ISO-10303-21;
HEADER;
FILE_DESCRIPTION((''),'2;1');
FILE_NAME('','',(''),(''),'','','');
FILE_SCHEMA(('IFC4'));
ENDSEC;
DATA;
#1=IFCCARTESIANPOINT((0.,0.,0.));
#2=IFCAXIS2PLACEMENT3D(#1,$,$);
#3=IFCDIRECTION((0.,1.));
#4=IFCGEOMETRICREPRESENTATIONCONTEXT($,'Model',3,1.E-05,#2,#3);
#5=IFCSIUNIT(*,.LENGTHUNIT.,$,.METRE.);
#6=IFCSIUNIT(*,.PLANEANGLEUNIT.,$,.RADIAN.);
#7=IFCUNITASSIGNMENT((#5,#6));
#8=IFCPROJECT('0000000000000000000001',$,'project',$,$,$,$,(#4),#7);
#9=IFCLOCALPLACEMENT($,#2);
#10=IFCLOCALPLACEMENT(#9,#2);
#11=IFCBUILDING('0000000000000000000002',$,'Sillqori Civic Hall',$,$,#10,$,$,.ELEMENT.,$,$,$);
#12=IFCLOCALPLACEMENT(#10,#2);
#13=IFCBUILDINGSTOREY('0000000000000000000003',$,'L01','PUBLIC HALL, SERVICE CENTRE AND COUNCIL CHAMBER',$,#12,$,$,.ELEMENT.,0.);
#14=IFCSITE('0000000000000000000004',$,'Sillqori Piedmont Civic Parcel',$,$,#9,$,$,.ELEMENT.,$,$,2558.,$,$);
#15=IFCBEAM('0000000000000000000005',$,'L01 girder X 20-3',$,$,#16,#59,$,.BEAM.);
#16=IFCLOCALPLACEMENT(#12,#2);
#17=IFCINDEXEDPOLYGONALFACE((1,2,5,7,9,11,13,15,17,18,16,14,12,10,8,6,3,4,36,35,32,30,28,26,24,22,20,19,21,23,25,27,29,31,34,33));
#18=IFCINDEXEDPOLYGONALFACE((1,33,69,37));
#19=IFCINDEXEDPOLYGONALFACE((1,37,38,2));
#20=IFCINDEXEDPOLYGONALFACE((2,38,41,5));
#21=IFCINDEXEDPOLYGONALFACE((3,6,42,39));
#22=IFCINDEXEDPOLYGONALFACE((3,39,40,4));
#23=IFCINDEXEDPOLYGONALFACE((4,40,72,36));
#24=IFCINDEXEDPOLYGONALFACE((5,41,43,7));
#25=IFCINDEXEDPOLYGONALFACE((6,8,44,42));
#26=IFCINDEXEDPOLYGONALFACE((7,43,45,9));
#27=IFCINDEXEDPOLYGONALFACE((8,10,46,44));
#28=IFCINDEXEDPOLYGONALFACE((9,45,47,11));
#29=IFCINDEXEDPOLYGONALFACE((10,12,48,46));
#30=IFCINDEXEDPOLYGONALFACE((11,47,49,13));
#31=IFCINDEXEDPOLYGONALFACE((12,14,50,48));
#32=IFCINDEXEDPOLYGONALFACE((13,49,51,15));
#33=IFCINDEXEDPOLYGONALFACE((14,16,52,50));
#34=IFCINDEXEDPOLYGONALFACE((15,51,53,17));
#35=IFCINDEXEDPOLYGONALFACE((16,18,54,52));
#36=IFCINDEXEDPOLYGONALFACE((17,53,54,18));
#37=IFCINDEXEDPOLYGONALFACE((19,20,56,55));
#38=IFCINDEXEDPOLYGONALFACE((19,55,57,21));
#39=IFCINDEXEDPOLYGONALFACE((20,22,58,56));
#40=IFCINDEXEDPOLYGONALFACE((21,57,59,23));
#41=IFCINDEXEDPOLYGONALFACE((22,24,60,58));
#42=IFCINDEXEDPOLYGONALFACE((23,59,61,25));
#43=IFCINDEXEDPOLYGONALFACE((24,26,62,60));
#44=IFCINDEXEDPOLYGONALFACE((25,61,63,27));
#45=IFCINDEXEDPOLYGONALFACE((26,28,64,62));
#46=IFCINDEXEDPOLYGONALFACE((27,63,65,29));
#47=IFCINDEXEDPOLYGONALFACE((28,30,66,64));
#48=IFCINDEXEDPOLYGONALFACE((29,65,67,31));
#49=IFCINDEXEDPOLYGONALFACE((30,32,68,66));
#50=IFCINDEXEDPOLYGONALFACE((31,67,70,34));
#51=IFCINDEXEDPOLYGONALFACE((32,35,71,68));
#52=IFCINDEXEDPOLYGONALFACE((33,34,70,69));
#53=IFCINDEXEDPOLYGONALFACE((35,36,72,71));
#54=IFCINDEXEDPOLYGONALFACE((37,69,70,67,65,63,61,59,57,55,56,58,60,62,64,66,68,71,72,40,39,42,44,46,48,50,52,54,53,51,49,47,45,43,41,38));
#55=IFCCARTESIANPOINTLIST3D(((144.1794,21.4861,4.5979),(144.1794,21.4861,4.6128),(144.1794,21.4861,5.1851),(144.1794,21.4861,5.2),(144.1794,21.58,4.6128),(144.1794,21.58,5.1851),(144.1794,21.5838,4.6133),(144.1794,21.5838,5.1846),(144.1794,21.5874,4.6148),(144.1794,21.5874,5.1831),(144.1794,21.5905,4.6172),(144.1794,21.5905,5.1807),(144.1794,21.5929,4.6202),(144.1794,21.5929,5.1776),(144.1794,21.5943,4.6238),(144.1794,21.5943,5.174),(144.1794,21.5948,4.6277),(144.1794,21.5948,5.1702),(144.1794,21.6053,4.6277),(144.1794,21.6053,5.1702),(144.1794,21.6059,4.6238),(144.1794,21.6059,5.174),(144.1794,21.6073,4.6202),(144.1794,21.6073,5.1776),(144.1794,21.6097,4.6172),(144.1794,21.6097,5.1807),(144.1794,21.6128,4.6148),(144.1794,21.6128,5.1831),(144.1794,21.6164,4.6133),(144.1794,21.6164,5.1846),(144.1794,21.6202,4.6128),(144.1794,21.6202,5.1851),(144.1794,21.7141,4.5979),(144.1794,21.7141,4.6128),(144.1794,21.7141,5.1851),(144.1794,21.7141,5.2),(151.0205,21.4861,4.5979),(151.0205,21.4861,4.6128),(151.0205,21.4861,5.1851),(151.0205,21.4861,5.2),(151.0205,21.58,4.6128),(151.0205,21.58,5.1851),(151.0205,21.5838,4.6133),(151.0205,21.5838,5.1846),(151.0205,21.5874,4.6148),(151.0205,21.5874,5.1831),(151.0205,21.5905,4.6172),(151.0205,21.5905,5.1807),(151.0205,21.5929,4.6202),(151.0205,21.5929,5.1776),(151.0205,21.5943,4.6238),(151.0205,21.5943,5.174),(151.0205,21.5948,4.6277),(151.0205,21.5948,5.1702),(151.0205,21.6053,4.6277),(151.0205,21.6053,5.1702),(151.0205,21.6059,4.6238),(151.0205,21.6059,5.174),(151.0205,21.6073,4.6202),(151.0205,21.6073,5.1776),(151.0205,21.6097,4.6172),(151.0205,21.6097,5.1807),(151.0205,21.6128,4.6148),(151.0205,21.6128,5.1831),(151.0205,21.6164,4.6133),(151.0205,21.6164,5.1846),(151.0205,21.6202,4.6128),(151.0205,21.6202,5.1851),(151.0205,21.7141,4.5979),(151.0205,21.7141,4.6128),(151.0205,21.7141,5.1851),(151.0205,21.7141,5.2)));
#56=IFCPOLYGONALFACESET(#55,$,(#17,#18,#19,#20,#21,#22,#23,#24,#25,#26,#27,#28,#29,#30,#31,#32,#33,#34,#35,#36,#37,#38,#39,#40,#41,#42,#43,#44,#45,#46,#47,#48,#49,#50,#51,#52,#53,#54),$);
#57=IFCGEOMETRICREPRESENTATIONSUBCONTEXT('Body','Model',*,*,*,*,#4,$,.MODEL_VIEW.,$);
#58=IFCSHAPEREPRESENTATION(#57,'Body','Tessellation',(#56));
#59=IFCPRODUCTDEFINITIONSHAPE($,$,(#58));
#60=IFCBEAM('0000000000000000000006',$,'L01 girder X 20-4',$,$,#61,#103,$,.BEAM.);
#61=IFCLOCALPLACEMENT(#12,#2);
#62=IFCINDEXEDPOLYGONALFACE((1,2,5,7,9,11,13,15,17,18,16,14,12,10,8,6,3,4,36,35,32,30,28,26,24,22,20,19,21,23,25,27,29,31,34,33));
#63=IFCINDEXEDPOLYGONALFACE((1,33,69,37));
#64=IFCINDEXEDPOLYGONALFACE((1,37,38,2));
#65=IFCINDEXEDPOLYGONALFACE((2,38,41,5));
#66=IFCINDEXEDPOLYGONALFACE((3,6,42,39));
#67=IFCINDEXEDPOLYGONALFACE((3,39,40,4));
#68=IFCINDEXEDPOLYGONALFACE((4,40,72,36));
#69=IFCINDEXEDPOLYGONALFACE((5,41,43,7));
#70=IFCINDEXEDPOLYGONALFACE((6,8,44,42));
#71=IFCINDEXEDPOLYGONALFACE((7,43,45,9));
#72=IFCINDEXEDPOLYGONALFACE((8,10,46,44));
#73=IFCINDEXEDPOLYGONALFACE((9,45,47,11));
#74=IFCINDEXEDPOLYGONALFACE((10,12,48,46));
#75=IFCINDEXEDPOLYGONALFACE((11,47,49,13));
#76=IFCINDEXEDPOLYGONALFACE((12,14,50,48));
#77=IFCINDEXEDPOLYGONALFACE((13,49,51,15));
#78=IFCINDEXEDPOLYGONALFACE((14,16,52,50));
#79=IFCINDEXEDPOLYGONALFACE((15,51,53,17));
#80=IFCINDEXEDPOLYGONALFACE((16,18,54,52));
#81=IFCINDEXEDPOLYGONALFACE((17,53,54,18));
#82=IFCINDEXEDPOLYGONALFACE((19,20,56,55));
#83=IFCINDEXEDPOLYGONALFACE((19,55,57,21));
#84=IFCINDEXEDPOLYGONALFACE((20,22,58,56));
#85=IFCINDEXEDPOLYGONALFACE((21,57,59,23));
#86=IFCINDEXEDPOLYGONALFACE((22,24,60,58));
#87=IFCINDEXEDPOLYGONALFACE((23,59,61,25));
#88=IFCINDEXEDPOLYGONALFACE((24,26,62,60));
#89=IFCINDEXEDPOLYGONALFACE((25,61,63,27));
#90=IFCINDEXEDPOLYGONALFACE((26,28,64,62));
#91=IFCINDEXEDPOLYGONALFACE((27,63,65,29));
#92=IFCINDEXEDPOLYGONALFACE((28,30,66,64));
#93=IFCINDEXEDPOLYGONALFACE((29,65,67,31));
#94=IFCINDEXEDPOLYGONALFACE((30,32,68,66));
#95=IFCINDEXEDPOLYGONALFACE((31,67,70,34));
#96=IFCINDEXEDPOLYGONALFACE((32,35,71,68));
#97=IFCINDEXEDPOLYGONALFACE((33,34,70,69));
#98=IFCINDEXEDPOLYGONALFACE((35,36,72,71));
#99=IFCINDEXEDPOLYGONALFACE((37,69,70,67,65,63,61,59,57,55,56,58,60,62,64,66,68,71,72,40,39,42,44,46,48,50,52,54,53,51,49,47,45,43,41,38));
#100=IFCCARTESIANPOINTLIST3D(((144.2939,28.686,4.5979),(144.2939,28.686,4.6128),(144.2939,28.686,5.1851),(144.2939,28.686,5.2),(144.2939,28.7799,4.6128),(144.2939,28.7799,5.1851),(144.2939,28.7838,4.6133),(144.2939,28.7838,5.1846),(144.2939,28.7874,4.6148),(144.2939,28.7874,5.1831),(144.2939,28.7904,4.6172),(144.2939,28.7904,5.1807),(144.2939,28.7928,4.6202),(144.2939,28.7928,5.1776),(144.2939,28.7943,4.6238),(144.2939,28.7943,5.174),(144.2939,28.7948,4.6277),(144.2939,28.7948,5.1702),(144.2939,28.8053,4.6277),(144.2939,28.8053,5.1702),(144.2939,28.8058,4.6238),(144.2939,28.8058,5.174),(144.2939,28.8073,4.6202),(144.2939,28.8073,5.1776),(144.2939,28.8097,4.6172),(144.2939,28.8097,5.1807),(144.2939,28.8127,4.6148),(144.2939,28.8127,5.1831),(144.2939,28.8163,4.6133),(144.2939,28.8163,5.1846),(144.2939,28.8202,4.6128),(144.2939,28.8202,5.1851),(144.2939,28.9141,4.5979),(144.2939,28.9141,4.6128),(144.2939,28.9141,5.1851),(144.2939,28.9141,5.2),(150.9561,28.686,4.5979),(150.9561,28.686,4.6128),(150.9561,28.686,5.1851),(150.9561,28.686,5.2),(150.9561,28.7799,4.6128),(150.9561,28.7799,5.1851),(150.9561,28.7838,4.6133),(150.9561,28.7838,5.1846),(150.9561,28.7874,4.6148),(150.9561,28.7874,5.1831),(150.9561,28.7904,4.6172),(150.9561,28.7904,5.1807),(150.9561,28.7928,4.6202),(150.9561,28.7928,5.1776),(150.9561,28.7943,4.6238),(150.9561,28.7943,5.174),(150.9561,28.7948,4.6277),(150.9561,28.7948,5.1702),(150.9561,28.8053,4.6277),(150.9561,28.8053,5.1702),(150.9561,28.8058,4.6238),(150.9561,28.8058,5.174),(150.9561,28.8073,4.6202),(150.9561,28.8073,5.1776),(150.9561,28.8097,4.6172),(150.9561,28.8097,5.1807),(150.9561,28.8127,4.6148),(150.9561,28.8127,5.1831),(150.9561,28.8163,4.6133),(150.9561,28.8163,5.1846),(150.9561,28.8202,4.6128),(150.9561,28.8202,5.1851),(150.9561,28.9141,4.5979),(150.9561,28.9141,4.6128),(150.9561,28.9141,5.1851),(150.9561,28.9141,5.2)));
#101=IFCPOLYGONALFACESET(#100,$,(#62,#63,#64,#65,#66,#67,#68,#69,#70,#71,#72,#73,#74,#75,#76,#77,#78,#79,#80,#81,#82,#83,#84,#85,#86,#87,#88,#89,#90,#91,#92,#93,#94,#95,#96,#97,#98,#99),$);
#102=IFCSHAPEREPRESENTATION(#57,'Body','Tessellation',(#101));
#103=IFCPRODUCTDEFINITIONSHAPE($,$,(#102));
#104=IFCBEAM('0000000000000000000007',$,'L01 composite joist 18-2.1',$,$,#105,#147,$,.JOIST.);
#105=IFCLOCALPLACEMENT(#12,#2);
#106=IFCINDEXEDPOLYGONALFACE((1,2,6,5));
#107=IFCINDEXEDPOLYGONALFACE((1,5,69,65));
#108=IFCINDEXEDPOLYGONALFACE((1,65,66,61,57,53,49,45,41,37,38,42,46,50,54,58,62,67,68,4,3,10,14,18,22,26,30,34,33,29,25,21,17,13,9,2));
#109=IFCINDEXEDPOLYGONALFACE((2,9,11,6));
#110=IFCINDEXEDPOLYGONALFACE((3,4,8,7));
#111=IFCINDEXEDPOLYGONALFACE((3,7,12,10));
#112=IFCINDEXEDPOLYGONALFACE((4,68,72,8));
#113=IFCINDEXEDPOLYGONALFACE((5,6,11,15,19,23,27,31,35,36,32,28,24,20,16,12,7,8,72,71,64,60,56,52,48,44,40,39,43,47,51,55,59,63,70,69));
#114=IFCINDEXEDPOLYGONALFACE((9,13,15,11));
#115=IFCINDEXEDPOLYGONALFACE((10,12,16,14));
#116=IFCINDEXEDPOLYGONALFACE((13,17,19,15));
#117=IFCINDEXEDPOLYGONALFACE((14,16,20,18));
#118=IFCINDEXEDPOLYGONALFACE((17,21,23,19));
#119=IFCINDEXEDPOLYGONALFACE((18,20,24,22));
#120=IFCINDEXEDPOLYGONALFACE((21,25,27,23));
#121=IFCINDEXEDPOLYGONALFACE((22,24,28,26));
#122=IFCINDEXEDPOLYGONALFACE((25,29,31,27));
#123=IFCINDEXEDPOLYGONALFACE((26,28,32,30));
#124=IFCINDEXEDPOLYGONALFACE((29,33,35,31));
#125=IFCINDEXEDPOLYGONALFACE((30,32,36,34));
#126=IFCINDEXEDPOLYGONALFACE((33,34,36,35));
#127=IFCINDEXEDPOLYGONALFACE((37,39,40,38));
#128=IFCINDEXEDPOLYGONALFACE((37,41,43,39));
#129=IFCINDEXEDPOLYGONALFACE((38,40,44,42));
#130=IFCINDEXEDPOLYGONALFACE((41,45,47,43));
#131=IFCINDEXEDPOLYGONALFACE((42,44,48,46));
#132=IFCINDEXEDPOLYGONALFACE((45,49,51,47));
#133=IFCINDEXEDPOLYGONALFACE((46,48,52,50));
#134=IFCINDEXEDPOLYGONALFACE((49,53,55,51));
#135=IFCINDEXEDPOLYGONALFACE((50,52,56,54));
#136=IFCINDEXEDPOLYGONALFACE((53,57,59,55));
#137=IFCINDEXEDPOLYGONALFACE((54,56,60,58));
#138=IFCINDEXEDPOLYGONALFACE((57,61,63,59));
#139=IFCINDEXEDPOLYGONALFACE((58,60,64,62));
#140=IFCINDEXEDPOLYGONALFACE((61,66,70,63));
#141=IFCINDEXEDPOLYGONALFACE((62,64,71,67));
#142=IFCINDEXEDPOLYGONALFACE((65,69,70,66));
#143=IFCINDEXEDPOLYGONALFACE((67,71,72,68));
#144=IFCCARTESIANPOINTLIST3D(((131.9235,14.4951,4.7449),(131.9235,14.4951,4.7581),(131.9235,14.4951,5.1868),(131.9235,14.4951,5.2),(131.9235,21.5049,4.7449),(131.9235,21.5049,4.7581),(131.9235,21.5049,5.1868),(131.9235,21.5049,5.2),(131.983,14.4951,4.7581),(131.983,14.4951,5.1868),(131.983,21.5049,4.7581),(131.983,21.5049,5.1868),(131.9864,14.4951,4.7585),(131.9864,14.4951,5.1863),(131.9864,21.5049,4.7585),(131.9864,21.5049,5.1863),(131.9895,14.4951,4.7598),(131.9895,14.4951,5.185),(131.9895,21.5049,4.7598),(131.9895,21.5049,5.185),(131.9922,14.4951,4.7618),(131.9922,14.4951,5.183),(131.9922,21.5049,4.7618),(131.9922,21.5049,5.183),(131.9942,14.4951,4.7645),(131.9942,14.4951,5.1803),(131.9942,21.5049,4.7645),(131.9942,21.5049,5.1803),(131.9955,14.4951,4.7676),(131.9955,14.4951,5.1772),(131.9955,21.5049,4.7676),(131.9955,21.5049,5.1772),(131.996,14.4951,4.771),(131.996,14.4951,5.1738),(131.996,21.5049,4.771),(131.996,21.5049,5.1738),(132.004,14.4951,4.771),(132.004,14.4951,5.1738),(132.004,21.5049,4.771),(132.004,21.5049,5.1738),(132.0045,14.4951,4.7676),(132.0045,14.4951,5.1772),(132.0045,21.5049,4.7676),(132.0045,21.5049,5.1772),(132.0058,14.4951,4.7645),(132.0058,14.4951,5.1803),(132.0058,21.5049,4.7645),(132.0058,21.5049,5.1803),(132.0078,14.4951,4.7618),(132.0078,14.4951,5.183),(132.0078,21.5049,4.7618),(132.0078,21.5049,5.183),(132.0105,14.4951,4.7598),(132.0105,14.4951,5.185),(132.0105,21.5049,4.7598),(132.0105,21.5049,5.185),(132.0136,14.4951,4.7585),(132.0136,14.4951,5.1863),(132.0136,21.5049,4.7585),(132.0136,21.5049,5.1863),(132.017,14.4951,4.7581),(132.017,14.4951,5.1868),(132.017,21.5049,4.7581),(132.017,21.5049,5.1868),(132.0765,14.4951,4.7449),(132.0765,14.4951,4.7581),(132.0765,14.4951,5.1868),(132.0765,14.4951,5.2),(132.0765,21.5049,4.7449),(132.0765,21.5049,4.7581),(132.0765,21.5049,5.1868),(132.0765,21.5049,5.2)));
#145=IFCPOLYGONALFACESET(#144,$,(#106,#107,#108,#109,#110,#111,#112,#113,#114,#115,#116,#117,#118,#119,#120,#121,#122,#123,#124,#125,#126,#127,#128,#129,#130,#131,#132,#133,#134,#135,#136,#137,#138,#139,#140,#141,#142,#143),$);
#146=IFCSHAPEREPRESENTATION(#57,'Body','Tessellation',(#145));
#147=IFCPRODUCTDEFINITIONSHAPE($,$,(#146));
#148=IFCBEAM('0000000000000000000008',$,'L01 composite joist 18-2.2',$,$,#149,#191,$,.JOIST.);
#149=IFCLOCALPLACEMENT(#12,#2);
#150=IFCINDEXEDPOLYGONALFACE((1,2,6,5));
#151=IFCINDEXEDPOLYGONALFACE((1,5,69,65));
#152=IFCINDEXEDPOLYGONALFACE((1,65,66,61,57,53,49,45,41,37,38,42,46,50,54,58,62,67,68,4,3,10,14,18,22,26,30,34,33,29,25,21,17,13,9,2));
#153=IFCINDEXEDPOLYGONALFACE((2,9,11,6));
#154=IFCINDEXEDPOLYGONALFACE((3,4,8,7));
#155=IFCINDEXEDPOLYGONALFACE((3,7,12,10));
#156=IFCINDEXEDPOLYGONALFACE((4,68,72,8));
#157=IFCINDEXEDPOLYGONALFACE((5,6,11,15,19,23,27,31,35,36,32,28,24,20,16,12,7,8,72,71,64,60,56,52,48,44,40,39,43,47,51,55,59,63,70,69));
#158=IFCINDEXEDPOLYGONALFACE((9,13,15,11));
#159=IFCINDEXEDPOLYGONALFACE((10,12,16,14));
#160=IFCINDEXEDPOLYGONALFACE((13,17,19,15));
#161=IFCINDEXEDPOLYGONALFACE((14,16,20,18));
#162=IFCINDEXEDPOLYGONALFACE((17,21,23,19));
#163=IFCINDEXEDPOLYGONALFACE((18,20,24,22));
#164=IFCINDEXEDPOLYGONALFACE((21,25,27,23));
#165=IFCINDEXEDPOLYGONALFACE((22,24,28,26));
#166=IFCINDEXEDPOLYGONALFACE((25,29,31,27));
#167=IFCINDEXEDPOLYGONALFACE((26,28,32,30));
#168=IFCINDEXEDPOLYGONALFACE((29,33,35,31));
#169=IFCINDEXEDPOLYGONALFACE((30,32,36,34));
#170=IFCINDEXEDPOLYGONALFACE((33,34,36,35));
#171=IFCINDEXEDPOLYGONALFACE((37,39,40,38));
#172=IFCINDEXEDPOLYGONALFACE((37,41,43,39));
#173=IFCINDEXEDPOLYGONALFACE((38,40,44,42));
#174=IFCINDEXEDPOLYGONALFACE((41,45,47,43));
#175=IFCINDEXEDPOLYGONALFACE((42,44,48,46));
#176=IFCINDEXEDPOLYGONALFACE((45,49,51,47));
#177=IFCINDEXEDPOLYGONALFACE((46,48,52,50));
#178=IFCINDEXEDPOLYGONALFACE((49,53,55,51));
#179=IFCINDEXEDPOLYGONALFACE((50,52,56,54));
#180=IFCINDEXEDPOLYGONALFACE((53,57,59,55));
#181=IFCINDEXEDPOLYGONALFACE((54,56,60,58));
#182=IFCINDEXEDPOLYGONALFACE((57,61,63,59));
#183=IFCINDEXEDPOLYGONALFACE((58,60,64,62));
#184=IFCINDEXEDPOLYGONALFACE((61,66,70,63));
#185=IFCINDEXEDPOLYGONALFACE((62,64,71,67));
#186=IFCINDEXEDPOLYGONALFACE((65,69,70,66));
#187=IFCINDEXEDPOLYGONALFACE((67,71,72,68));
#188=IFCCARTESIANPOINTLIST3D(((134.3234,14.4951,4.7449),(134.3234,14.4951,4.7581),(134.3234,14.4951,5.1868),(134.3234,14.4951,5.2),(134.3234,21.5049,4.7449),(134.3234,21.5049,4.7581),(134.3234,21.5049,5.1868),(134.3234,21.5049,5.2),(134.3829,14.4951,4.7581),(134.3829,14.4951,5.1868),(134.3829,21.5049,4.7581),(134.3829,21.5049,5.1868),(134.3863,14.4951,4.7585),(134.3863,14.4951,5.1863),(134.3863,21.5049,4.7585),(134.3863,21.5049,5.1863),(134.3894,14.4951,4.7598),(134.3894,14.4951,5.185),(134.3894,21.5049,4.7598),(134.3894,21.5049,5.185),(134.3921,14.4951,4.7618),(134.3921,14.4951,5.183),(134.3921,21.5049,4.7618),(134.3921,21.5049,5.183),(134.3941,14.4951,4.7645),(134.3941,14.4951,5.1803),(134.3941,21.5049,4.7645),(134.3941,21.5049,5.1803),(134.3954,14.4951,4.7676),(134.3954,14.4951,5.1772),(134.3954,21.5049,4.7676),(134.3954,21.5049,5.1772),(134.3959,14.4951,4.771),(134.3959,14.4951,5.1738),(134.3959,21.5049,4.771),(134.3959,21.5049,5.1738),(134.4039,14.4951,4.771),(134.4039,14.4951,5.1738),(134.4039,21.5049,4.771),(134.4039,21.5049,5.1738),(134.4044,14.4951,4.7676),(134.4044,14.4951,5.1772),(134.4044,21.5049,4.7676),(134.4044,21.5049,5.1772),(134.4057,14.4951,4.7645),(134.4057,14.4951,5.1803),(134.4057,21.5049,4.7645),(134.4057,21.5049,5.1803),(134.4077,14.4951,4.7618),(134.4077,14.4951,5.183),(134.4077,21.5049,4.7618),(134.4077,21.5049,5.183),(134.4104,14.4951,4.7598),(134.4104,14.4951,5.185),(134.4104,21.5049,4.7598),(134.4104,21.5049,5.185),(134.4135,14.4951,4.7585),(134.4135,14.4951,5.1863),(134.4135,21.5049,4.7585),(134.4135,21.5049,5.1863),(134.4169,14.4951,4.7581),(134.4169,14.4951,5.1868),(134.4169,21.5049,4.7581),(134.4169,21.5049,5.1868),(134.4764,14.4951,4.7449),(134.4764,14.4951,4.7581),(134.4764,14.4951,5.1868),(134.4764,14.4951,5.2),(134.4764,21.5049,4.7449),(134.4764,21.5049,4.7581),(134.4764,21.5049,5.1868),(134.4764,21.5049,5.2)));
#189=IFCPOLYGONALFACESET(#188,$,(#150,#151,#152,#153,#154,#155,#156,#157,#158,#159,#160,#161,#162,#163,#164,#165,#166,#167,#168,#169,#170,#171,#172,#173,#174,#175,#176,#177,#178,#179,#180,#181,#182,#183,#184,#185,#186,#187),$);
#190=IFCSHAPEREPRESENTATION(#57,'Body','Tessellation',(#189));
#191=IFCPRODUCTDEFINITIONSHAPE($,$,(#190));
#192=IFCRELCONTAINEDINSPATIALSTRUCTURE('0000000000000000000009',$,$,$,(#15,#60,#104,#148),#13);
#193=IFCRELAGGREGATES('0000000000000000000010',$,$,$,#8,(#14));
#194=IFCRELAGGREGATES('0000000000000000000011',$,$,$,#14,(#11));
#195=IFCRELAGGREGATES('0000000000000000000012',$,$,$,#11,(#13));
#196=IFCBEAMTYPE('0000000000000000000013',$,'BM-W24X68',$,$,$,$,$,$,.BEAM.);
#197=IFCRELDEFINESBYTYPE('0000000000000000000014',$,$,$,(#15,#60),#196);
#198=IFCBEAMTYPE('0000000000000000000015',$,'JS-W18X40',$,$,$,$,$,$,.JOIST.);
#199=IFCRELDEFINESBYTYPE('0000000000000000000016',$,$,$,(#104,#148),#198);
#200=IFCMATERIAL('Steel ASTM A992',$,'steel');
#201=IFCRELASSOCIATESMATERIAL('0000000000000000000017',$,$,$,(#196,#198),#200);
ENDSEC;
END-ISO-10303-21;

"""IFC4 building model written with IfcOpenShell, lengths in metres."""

from ifc_helpers import new_model, si_unit, direction, frame, origin, origin_2d, place, context, subcontext, project, spatial, i_section, extrude, material, material_profile, profile_set, type_object, element, save


model = new_model("IFC4")

# Units and contexts
model_context = context("Model", 3, precision=1e-05, world=origin(), true_north=direction((0.0, 1.0)))
body_context = subcontext(model_context, "Body", "Model", "MODEL_VIEW")
ifc_project = project(units=[si_unit("LENGTHUNIT", "METRE"), si_unit("PLANEANGLEUNIT", "RADIAN")], contexts=[model_context])

# Site, building, storey
site_placement = place(None, origin())
site = spatial("IfcSite", under=ifc_project, at=site_placement, Name="Sillqori Piedmont Civic Parcel", CompositionType="ELEMENT", RefElevation=2558.0)
building_placement = place(site_placement, origin())
building = spatial("IfcBuilding", under=site, at=building_placement, Name="Sillqori Civic Hall", CompositionType="ELEMENT")
storey_placement = place(building_placement, origin())
storey = spatial("IfcBuildingStorey", under=building, at=storey_placement, Name="L01", Description="PUBLIC HALL, SERVICE CENTRE AND COUNCIL CHAMBER", CompositionType="ELEMENT", Elevation=0.0)

# Shared definitions
ifc_material_1 = material(Name="Steel ASTM A992", Category="steel")

# Beams
ifc_material_profile_1 = material_profile(ifc_material_1, i_section(OverallWidth=0.228, OverallDepth=0.6021, WebThickness=0.0105, FlangeThickness=0.0149, FilletRadius=0.0149, at=origin_2d()), Name="W24X68")
ifc_profile_set_1 = profile_set([ifc_material_profile_1], Name="Steel ASTM A992")
beam_type_1 = type_object("IfcBeamType", Name="BM-W24X68", PredefinedType="BEAM", material=ifc_profile_set_1)
beam_1_placement = place(storey_placement, frame((144.1794, 21.6001, 4.8989), z_axis=(1.0, 0.0, 0.0), x_axis=(0.0, 1.0, 0.0)))
element("IfcBeam", 1, at=beam_1_placement, inside=storey, type_object=beam_type_1, Name="L01 girder X 20-3", PredefinedType="BEAM", context=body_context, shape_type="SweptSolid", body=[
    extrude(i_section(OverallWidth=0.228, OverallDepth=0.6021, WebThickness=0.0105, FlangeThickness=0.0149, FilletRadius=0.0149, at=origin_2d()), origin(), (0.0, 0.0, 1.0), 6.8411),
])
beam_2_placement = place(storey_placement, frame((144.2939, 28.8, 4.8989), z_axis=(1.0, 0.0, 0.0), x_axis=(0.0, 1.0, 0.0)))
element("IfcBeam", 2, at=beam_2_placement, inside=storey, type_object=beam_type_1, Name="L01 girder X 20-4", PredefinedType="BEAM", context=body_context, shape_type="SweptSolid", body=[
    extrude(i_section(OverallWidth=0.228, OverallDepth=0.6021, WebThickness=0.0105, FlangeThickness=0.0149, FilletRadius=0.0149, at=origin_2d()), origin(), (0.0, 0.0, 1.0), 6.6621),
])
ifc_material_profile_2 = material_profile(ifc_material_1, i_section(OverallWidth=0.1531, OverallDepth=0.4551, WebThickness=0.0081, FlangeThickness=0.0132, FilletRadius=0.0129, at=origin_2d()), Name="W18X40")
ifc_profile_set_2 = profile_set([ifc_material_profile_2], Name="Steel ASTM A992")
beam_type_2 = type_object("IfcBeamType", Name="JS-W18X40", PredefinedType="JOIST", material=ifc_profile_set_2)
for number, where, z_axis, x_axis, name in (
    (3, (132.0, 14.4951, 4.9724), (0.0, 1.0, 0.0), (-1.0, 0.0, 0.0), "L01 composite joist 18-2.1"),
    (4, (134.3999, 14.4951, 4.9724), (0.0, 1.0, 0.0), (-1.0, 0.0, 0.0), "L01 composite joist 18-2.2"),
):
    element("IfcBeam", number, at=place(storey_placement, frame(where, z_axis=z_axis, x_axis=x_axis)), inside=storey, type_object=beam_type_2, Name=name, PredefinedType="JOIST", context=body_context, shape_type="SweptSolid", body=[
        extrude(i_section(OverallWidth=0.1531, OverallDepth=0.4551, WebThickness=0.0081, FlangeThickness=0.0132, FilletRadius=0.0129, at=origin_2d()), origin(), (0.0, 0.0, 1.0), 7.0098),
    ])

save(model, "model.ifc")
